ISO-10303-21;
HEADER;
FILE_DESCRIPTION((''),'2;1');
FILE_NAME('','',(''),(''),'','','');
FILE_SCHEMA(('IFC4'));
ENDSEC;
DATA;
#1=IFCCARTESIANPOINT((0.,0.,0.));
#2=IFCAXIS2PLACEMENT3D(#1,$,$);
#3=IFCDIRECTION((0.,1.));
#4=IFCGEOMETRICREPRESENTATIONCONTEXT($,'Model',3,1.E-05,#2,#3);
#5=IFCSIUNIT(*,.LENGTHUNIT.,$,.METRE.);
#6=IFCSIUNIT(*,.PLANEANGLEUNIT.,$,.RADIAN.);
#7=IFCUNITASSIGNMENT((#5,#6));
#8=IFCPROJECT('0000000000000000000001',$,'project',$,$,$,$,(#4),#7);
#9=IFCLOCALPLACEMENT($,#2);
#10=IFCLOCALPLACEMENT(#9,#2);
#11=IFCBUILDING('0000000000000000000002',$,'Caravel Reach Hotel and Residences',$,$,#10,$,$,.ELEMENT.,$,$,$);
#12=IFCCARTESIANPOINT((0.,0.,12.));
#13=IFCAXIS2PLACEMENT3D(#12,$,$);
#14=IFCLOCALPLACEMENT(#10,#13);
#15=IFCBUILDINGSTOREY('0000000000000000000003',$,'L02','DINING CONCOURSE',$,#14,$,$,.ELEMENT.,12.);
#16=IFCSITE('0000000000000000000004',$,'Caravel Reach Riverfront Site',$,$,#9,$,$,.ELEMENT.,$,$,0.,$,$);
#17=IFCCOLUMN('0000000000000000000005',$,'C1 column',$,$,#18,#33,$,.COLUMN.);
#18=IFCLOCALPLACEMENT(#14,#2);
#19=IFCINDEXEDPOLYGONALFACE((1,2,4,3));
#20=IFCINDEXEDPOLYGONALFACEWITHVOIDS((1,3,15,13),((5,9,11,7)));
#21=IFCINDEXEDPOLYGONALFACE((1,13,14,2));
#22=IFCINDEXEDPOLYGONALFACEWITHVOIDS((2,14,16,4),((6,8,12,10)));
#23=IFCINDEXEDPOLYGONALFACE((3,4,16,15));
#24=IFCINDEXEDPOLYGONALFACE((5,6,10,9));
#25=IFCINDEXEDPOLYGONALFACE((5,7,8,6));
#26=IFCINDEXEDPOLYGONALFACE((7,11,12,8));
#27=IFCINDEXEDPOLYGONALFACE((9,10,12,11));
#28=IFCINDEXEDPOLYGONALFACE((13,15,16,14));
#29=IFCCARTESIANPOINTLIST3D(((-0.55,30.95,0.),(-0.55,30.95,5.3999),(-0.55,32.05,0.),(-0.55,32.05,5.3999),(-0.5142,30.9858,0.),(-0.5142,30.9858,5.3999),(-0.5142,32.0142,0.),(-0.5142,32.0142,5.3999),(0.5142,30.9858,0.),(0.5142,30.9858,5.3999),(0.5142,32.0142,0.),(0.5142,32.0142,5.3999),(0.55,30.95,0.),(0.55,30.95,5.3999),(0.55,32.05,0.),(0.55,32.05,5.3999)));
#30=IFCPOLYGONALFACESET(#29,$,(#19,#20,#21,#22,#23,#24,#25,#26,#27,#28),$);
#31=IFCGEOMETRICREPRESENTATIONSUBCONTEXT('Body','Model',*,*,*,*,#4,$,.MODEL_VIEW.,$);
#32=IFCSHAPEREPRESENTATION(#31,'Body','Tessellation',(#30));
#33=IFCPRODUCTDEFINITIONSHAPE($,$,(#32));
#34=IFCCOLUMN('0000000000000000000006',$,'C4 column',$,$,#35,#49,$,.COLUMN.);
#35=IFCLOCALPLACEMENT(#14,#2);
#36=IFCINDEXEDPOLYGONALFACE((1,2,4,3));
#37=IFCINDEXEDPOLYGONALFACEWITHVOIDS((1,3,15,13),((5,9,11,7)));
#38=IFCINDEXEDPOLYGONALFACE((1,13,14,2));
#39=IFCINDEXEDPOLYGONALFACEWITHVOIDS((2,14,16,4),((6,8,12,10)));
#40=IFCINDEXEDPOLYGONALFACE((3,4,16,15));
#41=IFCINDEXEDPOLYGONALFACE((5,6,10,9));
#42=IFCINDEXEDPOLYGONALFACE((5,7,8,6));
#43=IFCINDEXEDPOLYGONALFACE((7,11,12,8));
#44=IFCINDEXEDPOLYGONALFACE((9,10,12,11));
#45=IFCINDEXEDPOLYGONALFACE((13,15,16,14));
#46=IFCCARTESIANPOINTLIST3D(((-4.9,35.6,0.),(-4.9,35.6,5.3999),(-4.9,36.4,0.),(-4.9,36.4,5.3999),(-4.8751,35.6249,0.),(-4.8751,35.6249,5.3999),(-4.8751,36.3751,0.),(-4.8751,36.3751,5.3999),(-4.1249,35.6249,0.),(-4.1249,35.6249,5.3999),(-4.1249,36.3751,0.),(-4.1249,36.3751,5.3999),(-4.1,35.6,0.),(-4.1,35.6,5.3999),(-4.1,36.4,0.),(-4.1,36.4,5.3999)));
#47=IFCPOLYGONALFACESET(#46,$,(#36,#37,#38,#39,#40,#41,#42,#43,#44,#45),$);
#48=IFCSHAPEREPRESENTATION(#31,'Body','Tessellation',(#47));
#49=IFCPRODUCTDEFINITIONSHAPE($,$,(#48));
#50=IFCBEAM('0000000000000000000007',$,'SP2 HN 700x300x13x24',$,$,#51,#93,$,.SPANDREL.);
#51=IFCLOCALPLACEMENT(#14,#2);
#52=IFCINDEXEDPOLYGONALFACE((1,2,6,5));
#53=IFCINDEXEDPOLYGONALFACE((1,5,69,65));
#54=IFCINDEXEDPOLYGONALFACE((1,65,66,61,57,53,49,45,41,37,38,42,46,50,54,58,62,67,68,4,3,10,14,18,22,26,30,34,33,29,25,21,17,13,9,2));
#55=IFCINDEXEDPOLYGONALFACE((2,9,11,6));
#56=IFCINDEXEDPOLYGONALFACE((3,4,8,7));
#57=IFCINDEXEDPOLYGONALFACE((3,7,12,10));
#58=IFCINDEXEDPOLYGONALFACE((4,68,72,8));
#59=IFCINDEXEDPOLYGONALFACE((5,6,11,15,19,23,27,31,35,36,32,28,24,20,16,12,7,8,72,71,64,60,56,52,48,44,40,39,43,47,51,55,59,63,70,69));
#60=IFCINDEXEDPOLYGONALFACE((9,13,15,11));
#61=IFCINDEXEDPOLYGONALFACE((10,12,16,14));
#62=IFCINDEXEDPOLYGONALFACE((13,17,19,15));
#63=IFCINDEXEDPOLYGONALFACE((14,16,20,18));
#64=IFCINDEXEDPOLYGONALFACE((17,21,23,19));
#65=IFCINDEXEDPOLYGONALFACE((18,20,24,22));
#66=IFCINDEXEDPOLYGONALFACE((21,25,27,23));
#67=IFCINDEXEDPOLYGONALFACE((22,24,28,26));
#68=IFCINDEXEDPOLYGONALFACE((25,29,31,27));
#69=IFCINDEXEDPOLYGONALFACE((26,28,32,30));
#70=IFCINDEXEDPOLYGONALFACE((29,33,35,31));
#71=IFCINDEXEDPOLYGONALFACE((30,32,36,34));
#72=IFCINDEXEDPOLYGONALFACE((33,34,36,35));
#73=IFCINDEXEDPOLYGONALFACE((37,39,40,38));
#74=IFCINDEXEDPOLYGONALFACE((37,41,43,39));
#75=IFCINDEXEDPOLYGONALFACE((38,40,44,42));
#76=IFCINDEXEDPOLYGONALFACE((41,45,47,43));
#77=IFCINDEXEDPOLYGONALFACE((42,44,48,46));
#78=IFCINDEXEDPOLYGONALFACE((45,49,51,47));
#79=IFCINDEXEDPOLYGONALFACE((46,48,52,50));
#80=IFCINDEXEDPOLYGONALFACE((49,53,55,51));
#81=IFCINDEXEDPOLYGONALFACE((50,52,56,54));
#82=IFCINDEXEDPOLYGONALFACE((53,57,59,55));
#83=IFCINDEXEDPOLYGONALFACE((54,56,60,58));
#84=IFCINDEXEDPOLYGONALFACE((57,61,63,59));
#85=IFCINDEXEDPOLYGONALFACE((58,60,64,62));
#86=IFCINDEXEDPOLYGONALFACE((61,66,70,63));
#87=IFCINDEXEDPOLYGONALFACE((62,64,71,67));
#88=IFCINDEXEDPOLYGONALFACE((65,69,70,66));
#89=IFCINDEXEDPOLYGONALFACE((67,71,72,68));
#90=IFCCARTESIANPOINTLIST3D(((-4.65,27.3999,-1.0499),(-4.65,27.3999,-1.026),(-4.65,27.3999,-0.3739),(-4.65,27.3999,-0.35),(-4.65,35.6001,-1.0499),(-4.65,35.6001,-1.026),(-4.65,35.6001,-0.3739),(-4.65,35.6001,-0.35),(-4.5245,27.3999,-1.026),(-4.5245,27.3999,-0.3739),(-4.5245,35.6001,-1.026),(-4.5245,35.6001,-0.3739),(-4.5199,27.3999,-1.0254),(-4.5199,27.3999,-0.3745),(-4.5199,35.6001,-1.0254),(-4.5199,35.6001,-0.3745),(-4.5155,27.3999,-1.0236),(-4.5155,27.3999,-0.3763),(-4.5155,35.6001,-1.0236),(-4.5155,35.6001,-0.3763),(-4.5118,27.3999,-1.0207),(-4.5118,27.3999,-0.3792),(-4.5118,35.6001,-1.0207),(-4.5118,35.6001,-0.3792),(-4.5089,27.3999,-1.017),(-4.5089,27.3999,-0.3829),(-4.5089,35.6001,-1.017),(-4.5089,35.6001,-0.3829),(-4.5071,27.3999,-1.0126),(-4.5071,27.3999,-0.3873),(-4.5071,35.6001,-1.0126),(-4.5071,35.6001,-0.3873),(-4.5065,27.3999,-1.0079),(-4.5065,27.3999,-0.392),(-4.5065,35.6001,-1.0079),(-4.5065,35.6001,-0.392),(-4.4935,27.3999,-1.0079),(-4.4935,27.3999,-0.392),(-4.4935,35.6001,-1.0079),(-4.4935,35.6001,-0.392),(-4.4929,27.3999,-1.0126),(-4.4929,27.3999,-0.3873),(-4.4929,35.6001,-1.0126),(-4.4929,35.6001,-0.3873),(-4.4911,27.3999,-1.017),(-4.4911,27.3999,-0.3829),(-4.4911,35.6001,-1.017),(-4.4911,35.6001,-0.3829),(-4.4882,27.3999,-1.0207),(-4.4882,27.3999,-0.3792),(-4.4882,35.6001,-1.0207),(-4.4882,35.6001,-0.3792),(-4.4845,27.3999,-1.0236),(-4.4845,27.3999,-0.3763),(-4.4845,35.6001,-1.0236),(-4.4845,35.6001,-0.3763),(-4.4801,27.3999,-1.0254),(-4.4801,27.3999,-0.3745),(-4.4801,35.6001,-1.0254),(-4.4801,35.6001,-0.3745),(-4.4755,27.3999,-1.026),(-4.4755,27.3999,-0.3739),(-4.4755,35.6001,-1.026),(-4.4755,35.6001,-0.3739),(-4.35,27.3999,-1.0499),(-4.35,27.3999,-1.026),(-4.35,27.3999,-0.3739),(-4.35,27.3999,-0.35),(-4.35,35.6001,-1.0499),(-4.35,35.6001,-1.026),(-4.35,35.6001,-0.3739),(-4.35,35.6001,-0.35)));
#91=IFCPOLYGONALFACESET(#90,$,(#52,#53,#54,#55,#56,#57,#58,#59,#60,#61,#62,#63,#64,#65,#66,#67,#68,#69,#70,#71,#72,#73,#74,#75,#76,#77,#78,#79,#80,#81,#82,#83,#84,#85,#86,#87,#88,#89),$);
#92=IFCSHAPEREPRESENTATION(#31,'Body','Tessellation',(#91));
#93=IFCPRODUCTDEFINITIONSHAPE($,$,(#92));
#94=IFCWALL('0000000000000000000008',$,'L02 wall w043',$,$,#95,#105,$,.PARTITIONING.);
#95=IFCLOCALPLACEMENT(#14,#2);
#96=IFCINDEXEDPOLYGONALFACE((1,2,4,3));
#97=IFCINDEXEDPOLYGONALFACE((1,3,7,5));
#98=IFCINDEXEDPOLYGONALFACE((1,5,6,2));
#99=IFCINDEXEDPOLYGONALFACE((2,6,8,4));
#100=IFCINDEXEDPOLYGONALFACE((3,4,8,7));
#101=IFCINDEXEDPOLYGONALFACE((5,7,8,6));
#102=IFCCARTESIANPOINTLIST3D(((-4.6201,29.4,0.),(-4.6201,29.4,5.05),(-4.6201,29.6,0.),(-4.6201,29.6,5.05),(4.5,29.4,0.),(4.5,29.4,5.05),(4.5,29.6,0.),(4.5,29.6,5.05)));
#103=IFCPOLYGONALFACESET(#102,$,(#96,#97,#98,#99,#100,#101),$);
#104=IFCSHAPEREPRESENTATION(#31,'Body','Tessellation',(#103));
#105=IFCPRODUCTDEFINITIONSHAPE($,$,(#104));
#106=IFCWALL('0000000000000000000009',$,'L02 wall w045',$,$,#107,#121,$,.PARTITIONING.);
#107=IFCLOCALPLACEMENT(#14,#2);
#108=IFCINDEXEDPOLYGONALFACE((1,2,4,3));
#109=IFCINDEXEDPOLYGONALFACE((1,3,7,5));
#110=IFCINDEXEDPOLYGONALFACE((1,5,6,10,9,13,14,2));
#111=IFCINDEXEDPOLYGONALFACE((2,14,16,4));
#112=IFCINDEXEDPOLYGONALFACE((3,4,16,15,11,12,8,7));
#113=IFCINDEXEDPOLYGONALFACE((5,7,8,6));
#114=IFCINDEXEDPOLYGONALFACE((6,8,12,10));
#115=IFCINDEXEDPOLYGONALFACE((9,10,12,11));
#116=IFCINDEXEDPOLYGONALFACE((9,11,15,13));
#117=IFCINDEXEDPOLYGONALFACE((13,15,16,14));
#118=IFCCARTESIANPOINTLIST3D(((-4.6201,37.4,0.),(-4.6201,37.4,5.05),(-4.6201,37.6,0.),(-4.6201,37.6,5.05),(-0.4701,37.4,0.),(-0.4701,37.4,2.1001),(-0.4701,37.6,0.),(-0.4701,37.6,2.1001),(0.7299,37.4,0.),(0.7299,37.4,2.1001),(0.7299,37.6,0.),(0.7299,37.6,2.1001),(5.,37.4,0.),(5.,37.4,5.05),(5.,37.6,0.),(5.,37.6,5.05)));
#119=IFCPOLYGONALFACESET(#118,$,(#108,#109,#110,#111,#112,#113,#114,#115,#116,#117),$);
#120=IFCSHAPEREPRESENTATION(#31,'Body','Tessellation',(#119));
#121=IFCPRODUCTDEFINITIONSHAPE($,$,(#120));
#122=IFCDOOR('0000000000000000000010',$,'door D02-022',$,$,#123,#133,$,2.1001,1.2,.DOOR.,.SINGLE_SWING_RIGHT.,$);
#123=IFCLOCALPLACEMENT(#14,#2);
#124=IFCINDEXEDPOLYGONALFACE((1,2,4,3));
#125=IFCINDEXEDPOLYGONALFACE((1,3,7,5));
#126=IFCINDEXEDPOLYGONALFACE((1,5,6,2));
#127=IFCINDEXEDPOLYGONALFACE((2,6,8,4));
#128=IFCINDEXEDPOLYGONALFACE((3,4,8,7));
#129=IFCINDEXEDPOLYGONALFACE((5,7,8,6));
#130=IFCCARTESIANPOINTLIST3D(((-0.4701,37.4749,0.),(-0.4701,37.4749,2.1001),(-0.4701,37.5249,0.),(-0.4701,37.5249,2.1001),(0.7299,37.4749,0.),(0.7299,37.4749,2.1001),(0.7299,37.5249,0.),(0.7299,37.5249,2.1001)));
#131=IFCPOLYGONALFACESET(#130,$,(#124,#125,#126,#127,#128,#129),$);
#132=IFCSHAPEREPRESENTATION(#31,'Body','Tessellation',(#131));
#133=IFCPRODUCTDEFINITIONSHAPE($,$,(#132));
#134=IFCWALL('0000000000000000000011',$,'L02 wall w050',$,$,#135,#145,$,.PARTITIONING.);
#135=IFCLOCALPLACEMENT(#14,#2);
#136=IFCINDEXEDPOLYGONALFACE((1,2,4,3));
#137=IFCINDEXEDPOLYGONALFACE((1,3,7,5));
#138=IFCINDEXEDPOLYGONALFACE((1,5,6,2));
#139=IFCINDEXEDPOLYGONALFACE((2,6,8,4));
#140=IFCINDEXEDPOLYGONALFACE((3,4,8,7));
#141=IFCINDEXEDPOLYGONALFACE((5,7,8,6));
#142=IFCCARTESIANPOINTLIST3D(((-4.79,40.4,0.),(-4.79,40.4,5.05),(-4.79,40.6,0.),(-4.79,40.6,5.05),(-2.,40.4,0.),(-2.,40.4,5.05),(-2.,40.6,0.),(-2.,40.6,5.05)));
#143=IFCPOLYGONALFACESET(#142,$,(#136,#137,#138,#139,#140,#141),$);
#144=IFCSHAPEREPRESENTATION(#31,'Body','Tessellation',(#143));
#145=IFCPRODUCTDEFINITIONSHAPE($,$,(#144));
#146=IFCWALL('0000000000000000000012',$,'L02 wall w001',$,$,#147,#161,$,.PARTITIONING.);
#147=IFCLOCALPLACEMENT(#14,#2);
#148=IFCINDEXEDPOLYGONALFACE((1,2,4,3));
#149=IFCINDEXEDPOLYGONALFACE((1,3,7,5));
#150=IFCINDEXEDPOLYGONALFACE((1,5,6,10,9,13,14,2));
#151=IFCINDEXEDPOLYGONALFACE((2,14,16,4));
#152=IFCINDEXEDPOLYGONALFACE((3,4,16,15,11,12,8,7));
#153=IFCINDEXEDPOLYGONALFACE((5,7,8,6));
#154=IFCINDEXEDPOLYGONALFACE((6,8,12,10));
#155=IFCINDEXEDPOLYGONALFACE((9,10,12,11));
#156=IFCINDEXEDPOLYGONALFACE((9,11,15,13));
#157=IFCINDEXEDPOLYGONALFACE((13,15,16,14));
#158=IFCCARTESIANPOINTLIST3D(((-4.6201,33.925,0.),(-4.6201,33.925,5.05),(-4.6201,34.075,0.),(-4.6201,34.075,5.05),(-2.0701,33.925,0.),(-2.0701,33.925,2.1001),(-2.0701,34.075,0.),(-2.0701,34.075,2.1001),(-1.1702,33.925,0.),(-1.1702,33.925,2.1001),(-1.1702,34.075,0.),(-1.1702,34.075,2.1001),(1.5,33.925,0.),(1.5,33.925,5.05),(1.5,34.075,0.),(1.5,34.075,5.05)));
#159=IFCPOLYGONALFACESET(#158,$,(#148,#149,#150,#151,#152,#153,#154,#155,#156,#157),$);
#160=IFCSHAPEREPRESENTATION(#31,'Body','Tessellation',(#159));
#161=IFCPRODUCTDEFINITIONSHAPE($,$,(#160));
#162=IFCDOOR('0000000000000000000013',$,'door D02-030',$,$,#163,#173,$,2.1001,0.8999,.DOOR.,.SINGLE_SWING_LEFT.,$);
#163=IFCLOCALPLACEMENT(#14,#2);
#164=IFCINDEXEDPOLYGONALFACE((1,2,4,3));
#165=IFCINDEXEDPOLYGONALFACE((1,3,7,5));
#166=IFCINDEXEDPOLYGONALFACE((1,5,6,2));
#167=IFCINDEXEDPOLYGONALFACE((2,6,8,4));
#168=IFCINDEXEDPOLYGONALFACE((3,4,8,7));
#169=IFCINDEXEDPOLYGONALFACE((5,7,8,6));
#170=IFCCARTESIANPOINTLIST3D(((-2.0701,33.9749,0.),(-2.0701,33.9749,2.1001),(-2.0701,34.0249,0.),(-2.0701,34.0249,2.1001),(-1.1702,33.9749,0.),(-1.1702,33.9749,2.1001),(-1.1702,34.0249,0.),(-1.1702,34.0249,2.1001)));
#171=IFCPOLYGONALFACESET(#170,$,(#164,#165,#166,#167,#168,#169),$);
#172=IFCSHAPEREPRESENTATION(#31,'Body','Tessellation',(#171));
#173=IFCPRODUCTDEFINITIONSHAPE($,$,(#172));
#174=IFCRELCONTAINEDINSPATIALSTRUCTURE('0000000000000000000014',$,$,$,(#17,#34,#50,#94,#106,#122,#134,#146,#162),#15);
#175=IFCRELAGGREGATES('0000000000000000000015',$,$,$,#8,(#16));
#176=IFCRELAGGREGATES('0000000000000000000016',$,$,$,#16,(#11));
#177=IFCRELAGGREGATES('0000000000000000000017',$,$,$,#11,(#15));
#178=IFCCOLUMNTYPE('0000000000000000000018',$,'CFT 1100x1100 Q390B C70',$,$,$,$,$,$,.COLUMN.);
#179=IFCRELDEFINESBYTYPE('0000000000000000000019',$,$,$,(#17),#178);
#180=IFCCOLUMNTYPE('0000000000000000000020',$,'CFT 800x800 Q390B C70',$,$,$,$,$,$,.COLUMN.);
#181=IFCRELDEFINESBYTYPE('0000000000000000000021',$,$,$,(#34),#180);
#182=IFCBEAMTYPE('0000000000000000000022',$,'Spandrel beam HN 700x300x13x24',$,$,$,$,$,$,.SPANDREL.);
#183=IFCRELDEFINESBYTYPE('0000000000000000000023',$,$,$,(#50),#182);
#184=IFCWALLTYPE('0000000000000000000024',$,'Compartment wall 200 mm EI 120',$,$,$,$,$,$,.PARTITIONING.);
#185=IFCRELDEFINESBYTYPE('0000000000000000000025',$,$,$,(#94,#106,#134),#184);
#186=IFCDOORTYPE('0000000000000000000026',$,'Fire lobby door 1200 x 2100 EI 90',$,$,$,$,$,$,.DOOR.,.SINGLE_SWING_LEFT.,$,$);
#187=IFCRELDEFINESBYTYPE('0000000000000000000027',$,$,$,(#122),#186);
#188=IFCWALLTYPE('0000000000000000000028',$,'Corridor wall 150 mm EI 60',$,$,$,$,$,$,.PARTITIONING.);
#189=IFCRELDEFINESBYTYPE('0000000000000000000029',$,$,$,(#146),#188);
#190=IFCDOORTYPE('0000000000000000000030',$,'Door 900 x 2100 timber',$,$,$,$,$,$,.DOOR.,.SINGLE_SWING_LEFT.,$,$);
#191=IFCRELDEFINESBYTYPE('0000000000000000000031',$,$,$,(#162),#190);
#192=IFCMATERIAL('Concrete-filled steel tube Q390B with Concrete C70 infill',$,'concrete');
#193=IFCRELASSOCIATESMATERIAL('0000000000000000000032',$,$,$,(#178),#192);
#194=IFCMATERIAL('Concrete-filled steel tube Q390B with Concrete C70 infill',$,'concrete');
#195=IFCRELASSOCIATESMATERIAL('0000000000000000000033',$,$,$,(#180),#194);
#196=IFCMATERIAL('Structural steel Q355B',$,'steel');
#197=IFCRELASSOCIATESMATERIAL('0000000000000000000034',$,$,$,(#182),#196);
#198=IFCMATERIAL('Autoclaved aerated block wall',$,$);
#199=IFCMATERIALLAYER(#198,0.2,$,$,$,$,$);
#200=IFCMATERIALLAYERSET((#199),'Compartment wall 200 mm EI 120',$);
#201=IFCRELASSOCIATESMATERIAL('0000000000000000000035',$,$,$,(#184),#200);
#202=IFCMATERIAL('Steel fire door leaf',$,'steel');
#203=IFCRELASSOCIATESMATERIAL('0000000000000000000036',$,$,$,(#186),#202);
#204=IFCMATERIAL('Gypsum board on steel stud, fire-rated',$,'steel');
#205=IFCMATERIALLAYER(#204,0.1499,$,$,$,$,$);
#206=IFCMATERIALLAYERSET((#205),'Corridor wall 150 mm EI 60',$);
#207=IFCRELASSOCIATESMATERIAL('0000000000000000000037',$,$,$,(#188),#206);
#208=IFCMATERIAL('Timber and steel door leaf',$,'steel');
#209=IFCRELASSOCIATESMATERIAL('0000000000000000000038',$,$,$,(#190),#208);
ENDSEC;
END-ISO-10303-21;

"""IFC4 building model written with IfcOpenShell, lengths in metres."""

from ifc_helpers import new_model, si_unit, direction, frame, frame_2d, origin, origin_2d, place, context, subcontext, project, spatial, rectangle, hollow_rectangle, i_section, extrude, material, layer, layer_set, material_profile, profile_set, type_object, element, fill, save


model = new_model("IFC4")

# Units and contexts
model_context = context("Model", 3, precision=1e-05, world=origin(), true_north=direction((0.0, 1.0)))
body_context = subcontext(model_context, "Body", "Model", "MODEL_VIEW")
ifc_project = project(units=[si_unit("LENGTHUNIT", "METRE"), si_unit("PLANEANGLEUNIT", "RADIAN")], contexts=[model_context])

# Site, building, storey
site_placement = place(None, origin())
site = spatial("IfcSite", under=ifc_project, at=site_placement, Name="Caravel Reach Riverfront Site", CompositionType="ELEMENT", RefElevation=0.0)
building_placement = place(site_placement, origin())
building = spatial("IfcBuilding", under=site, at=building_placement, Name="Caravel Reach Hotel and Residences", CompositionType="ELEMENT")
storey_placement = place(building_placement, frame((0.0, 0.0, 12.0)))
storey = spatial("IfcBuildingStorey", under=building, at=storey_placement, Name="L02", Description="DINING CONCOURSE", CompositionType="ELEMENT", Elevation=12.0)

# Columns
ifc_material_1 = material(Name="Concrete-filled steel tube Q390B with Concrete C70 infill", Category="concrete")
ifc_material_profile_1 = material_profile(ifc_material_1, hollow_rectangle(XDim=1.1001, YDim=1.1001, WallThickness=0.0359, at=origin_2d()), Name="RHS 1100x1100x36")
ifc_profile_set_1 = profile_set([ifc_material_profile_1], Name="Concrete-filled steel tube Q390B with Concrete C70 infill")
column_type_1 = type_object("IfcColumnType", Name="CFT 1100x1100 Q390B C70", PredefinedType="COLUMN", material=ifc_profile_set_1)
column_1_placement = place(storey_placement, frame((0.0, 31.5, 0.0), z_axis=(0.0, 0.0, 1.0), x_axis=(1.0, 0.0, 0.0)))
element("IfcColumn", 1, at=column_1_placement, inside=storey, type_object=column_type_1, Name="C1 column", PredefinedType="COLUMN", context=body_context, shape_type="SweptSolid", body=[
    extrude(hollow_rectangle(XDim=1.1001, YDim=1.1001, WallThickness=0.0359, at=origin_2d()), origin(), (0.0, 0.0, 1.0), 5.3999),
])
ifc_material_2 = material(Name="Concrete-filled steel tube Q390B with Concrete C70 infill", Category="concrete")
ifc_material_profile_2 = material_profile(ifc_material_2, hollow_rectangle(XDim=0.8, YDim=0.8, WallThickness=0.0249, at=origin_2d()), Name="RHS 800x800x25")
ifc_profile_set_2 = profile_set([ifc_material_profile_2], Name="Concrete-filled steel tube Q390B with Concrete C70 infill")
column_type_2 = type_object("IfcColumnType", Name="CFT 800x800 Q390B C70", PredefinedType="COLUMN", material=ifc_profile_set_2)
column_2_placement = place(storey_placement, frame((-4.5, 36.0, 0.0), z_axis=(0.0, 0.0, 1.0), x_axis=(1.0, 0.0, 0.0)))
element("IfcColumn", 2, at=column_2_placement, inside=storey, type_object=column_type_2, Name="C4 column", PredefinedType="COLUMN", context=body_context, shape_type="SweptSolid", body=[
    extrude(hollow_rectangle(XDim=0.8, YDim=0.8, WallThickness=0.0249, at=origin_2d()), origin(), (0.0, 0.0, 1.0), 5.3999),
])

# Beam
ifc_material_3 = material(Name="Structural steel Q355B", Category="steel")
ifc_material_profile_3 = material_profile(ifc_material_3, i_section(OverallWidth=0.3, OverallDepth=0.7, WebThickness=0.0129, FlangeThickness=0.0239, FilletRadius=0.0181, at=origin_2d()), Name="HN 700x300x13x24")
ifc_profile_set_3 = profile_set([ifc_material_profile_3], Name="Structural steel Q355B")
beam_type = type_object("IfcBeamType", Name="Spandrel beam HN 700x300x13x24", PredefinedType="SPANDREL", material=ifc_profile_set_3)
beam_placement = place(storey_placement, frame((-4.5, 35.6001, -0.7), z_axis=(0.0, -1.0, 0.0), x_axis=(1.0, 0.0, 0.0)))
element("IfcBeam", 3, at=beam_placement, inside=storey, type_object=beam_type, Name="SP2 HN 700x300x13x24", PredefinedType="SPANDREL", context=body_context, shape_type="SweptSolid", body=[
    extrude(i_section(OverallWidth=0.3, OverallDepth=0.7, WebThickness=0.0129, FlangeThickness=0.0239, FilletRadius=0.0181, at=origin_2d()), origin(), (0.0, 0.0, 1.0), 8.2002),
])

# Wall
ifc_material_4 = material(Name="Autoclaved aerated block wall")
ifc_layer_1 = layer(ifc_material_4, 0.2)
ifc_layer_set_1 = layer_set([ifc_layer_1], Name="Compartment wall 200 mm EI 120")
wall_type_1 = type_object("IfcWallType", Name="Compartment wall 200 mm EI 120", PredefinedType="PARTITIONING", material=ifc_layer_set_1)
wall_1_placement = place(storey_placement, frame((-4.6201, 29.5, 0.0), z_axis=(0.0, 0.0, 1.0), x_axis=(1.0, 0.0, 0.0)))
element("IfcWall", 4, at=wall_1_placement, inside=storey, type_object=wall_type_1, Name="L02 wall w043", PredefinedType="PARTITIONING", context=body_context, shape_type="SweptSolid", body=[
    extrude(rectangle(XDim=9.1201, YDim=0.2, at=frame_2d((4.5601, 0.0))), origin(), (0.0, 0.0, 1.0), 5.05),
])

# Wall, opening, door
wall_2_placement = place(storey_placement, frame((-4.6201, 37.5, 0.0), z_axis=(0.0, 0.0, 1.0), x_axis=(1.0, 0.0, 0.0)))
wall_2 = element("IfcWall", 5, at=wall_2_placement, inside=storey, type_object=wall_type_1, Name="L02 wall w045", PredefinedType="PARTITIONING", context=body_context, shape_type="SweptSolid", body=[
    extrude(rectangle(XDim=9.6201, YDim=0.2, at=frame_2d((4.8101, 0.0))), origin(), (0.0, 0.0, 1.0), 5.05),
])
opening_1_placement = place(wall_2_placement, frame((4.1499, 0.0, 0.0)))
opening_1 = element("IfcOpeningElement", 6, at=opening_1_placement, cuts=wall_2, PredefinedType="OPENING", context=body_context, shape_type="SweptSolid", body=[
    extrude(rectangle(XDim=1.2, YDim=2.1001, at=frame_2d((0.6001, 1.05))), frame((0.0, 0.1099, 0.0), z_axis=(0.0, -1.0, 0.0), x_axis=(1.0, 0.0, 0.0)), (0.0, 0.0, 1.0), 0.22),
])
ifc_material_5 = material(Name="Steel fire door leaf", Category="steel")
door_type_1 = type_object("IfcDoorType", Name="Fire lobby door 1200 x 2100 EI 90", OperationType="SINGLE_SWING_LEFT", PredefinedType="DOOR", material=ifc_material_5)
door_1_placement = place(opening_1_placement, origin())
door_1 = element("IfcDoor", 7, at=door_1_placement, inside=storey, type_object=door_type_1, Name="door D02-022", OperationType="SINGLE_SWING_RIGHT", OverallHeight=2.1001, OverallWidth=1.2, PredefinedType="DOOR", context=body_context, shape_type="SweptSolid", body=[
    extrude(rectangle(XDim=1.2, YDim=2.1001, at=frame_2d((0.6001, 1.05))), frame((0.0, 0.0249, 0.0), z_axis=(0.0, -1.0, 0.0), x_axis=(1.0, 0.0, 0.0)), (0.0, 0.0, 1.0), 0.05),
])
fill(opening_1, door_1)

# Wall
wall_3_placement = place(storey_placement, frame((-4.79, 40.5, 0.0), z_axis=(0.0, 0.0, 1.0), x_axis=(1.0, 0.0, 0.0)))
element("IfcWall", 8, at=wall_3_placement, inside=storey, type_object=wall_type_1, Name="L02 wall w050", PredefinedType="PARTITIONING", context=body_context, shape_type="SweptSolid", body=[
    extrude(rectangle(XDim=2.79, YDim=0.2, at=frame_2d((1.395, 0.0))), origin(), (0.0, 0.0, 1.0), 5.05),
])

# Wall, opening, door
ifc_material_6 = material(Name="Gypsum board on steel stud, fire-rated", Category="steel")
ifc_layer_2 = layer(ifc_material_6, 0.1499)
ifc_layer_set_2 = layer_set([ifc_layer_2], Name="Corridor wall 150 mm EI 60")
wall_type_2 = type_object("IfcWallType", Name="Corridor wall 150 mm EI 60", PredefinedType="PARTITIONING", material=ifc_layer_set_2)
wall_4_placement = place(storey_placement, frame((-4.6201, 34.0, 0.0), z_axis=(0.0, 0.0, 1.0), x_axis=(1.0, 0.0, 0.0)))
wall_4 = element("IfcWall", 9, at=wall_4_placement, inside=storey, type_object=wall_type_2, Name="L02 wall w001", PredefinedType="PARTITIONING", context=body_context, shape_type="SweptSolid", body=[
    extrude(rectangle(XDim=6.1201, YDim=0.1499, at=frame_2d((3.0601, 0.0))), origin(), (0.0, 0.0, 1.0), 5.05),
])
opening_2_placement = place(wall_4_placement, frame((2.55, 0.0, 0.0)))
opening_2 = element("IfcOpeningElement", 10, at=opening_2_placement, cuts=wall_4, PredefinedType="OPENING", context=body_context, shape_type="SweptSolid", body=[
    extrude(rectangle(XDim=0.8999, YDim=2.1001, at=frame_2d((0.45, 1.05))), frame((0.0, 0.085, 0.0), z_axis=(0.0, -1.0, 0.0), x_axis=(1.0, 0.0, 0.0)), (0.0, 0.0, 1.0), 0.1699),
])
ifc_material_7 = material(Name="Timber and steel door leaf", Category="steel")
door_type_2 = type_object("IfcDoorType", Name="Door 900 x 2100 timber", OperationType="SINGLE_SWING_LEFT", PredefinedType="DOOR", material=ifc_material_7)
door_2_placement = place(opening_2_placement, origin())
door_2 = element("IfcDoor", 11, at=door_2_placement, inside=storey, type_object=door_type_2, Name="door D02-030", OperationType="SINGLE_SWING_LEFT", OverallHeight=2.1001, OverallWidth=0.8999, PredefinedType="DOOR", context=body_context, shape_type="SweptSolid", body=[
    extrude(rectangle(XDim=0.8999, YDim=2.1001, at=frame_2d((0.45, 1.05))), frame((0.0, 0.0249, 0.0), z_axis=(0.0, -1.0, 0.0), x_axis=(1.0, 0.0, 0.0)), (0.0, 0.0, 1.0), 0.05),
])
fill(opening_2, door_2)

save(model, "model.ifc")
